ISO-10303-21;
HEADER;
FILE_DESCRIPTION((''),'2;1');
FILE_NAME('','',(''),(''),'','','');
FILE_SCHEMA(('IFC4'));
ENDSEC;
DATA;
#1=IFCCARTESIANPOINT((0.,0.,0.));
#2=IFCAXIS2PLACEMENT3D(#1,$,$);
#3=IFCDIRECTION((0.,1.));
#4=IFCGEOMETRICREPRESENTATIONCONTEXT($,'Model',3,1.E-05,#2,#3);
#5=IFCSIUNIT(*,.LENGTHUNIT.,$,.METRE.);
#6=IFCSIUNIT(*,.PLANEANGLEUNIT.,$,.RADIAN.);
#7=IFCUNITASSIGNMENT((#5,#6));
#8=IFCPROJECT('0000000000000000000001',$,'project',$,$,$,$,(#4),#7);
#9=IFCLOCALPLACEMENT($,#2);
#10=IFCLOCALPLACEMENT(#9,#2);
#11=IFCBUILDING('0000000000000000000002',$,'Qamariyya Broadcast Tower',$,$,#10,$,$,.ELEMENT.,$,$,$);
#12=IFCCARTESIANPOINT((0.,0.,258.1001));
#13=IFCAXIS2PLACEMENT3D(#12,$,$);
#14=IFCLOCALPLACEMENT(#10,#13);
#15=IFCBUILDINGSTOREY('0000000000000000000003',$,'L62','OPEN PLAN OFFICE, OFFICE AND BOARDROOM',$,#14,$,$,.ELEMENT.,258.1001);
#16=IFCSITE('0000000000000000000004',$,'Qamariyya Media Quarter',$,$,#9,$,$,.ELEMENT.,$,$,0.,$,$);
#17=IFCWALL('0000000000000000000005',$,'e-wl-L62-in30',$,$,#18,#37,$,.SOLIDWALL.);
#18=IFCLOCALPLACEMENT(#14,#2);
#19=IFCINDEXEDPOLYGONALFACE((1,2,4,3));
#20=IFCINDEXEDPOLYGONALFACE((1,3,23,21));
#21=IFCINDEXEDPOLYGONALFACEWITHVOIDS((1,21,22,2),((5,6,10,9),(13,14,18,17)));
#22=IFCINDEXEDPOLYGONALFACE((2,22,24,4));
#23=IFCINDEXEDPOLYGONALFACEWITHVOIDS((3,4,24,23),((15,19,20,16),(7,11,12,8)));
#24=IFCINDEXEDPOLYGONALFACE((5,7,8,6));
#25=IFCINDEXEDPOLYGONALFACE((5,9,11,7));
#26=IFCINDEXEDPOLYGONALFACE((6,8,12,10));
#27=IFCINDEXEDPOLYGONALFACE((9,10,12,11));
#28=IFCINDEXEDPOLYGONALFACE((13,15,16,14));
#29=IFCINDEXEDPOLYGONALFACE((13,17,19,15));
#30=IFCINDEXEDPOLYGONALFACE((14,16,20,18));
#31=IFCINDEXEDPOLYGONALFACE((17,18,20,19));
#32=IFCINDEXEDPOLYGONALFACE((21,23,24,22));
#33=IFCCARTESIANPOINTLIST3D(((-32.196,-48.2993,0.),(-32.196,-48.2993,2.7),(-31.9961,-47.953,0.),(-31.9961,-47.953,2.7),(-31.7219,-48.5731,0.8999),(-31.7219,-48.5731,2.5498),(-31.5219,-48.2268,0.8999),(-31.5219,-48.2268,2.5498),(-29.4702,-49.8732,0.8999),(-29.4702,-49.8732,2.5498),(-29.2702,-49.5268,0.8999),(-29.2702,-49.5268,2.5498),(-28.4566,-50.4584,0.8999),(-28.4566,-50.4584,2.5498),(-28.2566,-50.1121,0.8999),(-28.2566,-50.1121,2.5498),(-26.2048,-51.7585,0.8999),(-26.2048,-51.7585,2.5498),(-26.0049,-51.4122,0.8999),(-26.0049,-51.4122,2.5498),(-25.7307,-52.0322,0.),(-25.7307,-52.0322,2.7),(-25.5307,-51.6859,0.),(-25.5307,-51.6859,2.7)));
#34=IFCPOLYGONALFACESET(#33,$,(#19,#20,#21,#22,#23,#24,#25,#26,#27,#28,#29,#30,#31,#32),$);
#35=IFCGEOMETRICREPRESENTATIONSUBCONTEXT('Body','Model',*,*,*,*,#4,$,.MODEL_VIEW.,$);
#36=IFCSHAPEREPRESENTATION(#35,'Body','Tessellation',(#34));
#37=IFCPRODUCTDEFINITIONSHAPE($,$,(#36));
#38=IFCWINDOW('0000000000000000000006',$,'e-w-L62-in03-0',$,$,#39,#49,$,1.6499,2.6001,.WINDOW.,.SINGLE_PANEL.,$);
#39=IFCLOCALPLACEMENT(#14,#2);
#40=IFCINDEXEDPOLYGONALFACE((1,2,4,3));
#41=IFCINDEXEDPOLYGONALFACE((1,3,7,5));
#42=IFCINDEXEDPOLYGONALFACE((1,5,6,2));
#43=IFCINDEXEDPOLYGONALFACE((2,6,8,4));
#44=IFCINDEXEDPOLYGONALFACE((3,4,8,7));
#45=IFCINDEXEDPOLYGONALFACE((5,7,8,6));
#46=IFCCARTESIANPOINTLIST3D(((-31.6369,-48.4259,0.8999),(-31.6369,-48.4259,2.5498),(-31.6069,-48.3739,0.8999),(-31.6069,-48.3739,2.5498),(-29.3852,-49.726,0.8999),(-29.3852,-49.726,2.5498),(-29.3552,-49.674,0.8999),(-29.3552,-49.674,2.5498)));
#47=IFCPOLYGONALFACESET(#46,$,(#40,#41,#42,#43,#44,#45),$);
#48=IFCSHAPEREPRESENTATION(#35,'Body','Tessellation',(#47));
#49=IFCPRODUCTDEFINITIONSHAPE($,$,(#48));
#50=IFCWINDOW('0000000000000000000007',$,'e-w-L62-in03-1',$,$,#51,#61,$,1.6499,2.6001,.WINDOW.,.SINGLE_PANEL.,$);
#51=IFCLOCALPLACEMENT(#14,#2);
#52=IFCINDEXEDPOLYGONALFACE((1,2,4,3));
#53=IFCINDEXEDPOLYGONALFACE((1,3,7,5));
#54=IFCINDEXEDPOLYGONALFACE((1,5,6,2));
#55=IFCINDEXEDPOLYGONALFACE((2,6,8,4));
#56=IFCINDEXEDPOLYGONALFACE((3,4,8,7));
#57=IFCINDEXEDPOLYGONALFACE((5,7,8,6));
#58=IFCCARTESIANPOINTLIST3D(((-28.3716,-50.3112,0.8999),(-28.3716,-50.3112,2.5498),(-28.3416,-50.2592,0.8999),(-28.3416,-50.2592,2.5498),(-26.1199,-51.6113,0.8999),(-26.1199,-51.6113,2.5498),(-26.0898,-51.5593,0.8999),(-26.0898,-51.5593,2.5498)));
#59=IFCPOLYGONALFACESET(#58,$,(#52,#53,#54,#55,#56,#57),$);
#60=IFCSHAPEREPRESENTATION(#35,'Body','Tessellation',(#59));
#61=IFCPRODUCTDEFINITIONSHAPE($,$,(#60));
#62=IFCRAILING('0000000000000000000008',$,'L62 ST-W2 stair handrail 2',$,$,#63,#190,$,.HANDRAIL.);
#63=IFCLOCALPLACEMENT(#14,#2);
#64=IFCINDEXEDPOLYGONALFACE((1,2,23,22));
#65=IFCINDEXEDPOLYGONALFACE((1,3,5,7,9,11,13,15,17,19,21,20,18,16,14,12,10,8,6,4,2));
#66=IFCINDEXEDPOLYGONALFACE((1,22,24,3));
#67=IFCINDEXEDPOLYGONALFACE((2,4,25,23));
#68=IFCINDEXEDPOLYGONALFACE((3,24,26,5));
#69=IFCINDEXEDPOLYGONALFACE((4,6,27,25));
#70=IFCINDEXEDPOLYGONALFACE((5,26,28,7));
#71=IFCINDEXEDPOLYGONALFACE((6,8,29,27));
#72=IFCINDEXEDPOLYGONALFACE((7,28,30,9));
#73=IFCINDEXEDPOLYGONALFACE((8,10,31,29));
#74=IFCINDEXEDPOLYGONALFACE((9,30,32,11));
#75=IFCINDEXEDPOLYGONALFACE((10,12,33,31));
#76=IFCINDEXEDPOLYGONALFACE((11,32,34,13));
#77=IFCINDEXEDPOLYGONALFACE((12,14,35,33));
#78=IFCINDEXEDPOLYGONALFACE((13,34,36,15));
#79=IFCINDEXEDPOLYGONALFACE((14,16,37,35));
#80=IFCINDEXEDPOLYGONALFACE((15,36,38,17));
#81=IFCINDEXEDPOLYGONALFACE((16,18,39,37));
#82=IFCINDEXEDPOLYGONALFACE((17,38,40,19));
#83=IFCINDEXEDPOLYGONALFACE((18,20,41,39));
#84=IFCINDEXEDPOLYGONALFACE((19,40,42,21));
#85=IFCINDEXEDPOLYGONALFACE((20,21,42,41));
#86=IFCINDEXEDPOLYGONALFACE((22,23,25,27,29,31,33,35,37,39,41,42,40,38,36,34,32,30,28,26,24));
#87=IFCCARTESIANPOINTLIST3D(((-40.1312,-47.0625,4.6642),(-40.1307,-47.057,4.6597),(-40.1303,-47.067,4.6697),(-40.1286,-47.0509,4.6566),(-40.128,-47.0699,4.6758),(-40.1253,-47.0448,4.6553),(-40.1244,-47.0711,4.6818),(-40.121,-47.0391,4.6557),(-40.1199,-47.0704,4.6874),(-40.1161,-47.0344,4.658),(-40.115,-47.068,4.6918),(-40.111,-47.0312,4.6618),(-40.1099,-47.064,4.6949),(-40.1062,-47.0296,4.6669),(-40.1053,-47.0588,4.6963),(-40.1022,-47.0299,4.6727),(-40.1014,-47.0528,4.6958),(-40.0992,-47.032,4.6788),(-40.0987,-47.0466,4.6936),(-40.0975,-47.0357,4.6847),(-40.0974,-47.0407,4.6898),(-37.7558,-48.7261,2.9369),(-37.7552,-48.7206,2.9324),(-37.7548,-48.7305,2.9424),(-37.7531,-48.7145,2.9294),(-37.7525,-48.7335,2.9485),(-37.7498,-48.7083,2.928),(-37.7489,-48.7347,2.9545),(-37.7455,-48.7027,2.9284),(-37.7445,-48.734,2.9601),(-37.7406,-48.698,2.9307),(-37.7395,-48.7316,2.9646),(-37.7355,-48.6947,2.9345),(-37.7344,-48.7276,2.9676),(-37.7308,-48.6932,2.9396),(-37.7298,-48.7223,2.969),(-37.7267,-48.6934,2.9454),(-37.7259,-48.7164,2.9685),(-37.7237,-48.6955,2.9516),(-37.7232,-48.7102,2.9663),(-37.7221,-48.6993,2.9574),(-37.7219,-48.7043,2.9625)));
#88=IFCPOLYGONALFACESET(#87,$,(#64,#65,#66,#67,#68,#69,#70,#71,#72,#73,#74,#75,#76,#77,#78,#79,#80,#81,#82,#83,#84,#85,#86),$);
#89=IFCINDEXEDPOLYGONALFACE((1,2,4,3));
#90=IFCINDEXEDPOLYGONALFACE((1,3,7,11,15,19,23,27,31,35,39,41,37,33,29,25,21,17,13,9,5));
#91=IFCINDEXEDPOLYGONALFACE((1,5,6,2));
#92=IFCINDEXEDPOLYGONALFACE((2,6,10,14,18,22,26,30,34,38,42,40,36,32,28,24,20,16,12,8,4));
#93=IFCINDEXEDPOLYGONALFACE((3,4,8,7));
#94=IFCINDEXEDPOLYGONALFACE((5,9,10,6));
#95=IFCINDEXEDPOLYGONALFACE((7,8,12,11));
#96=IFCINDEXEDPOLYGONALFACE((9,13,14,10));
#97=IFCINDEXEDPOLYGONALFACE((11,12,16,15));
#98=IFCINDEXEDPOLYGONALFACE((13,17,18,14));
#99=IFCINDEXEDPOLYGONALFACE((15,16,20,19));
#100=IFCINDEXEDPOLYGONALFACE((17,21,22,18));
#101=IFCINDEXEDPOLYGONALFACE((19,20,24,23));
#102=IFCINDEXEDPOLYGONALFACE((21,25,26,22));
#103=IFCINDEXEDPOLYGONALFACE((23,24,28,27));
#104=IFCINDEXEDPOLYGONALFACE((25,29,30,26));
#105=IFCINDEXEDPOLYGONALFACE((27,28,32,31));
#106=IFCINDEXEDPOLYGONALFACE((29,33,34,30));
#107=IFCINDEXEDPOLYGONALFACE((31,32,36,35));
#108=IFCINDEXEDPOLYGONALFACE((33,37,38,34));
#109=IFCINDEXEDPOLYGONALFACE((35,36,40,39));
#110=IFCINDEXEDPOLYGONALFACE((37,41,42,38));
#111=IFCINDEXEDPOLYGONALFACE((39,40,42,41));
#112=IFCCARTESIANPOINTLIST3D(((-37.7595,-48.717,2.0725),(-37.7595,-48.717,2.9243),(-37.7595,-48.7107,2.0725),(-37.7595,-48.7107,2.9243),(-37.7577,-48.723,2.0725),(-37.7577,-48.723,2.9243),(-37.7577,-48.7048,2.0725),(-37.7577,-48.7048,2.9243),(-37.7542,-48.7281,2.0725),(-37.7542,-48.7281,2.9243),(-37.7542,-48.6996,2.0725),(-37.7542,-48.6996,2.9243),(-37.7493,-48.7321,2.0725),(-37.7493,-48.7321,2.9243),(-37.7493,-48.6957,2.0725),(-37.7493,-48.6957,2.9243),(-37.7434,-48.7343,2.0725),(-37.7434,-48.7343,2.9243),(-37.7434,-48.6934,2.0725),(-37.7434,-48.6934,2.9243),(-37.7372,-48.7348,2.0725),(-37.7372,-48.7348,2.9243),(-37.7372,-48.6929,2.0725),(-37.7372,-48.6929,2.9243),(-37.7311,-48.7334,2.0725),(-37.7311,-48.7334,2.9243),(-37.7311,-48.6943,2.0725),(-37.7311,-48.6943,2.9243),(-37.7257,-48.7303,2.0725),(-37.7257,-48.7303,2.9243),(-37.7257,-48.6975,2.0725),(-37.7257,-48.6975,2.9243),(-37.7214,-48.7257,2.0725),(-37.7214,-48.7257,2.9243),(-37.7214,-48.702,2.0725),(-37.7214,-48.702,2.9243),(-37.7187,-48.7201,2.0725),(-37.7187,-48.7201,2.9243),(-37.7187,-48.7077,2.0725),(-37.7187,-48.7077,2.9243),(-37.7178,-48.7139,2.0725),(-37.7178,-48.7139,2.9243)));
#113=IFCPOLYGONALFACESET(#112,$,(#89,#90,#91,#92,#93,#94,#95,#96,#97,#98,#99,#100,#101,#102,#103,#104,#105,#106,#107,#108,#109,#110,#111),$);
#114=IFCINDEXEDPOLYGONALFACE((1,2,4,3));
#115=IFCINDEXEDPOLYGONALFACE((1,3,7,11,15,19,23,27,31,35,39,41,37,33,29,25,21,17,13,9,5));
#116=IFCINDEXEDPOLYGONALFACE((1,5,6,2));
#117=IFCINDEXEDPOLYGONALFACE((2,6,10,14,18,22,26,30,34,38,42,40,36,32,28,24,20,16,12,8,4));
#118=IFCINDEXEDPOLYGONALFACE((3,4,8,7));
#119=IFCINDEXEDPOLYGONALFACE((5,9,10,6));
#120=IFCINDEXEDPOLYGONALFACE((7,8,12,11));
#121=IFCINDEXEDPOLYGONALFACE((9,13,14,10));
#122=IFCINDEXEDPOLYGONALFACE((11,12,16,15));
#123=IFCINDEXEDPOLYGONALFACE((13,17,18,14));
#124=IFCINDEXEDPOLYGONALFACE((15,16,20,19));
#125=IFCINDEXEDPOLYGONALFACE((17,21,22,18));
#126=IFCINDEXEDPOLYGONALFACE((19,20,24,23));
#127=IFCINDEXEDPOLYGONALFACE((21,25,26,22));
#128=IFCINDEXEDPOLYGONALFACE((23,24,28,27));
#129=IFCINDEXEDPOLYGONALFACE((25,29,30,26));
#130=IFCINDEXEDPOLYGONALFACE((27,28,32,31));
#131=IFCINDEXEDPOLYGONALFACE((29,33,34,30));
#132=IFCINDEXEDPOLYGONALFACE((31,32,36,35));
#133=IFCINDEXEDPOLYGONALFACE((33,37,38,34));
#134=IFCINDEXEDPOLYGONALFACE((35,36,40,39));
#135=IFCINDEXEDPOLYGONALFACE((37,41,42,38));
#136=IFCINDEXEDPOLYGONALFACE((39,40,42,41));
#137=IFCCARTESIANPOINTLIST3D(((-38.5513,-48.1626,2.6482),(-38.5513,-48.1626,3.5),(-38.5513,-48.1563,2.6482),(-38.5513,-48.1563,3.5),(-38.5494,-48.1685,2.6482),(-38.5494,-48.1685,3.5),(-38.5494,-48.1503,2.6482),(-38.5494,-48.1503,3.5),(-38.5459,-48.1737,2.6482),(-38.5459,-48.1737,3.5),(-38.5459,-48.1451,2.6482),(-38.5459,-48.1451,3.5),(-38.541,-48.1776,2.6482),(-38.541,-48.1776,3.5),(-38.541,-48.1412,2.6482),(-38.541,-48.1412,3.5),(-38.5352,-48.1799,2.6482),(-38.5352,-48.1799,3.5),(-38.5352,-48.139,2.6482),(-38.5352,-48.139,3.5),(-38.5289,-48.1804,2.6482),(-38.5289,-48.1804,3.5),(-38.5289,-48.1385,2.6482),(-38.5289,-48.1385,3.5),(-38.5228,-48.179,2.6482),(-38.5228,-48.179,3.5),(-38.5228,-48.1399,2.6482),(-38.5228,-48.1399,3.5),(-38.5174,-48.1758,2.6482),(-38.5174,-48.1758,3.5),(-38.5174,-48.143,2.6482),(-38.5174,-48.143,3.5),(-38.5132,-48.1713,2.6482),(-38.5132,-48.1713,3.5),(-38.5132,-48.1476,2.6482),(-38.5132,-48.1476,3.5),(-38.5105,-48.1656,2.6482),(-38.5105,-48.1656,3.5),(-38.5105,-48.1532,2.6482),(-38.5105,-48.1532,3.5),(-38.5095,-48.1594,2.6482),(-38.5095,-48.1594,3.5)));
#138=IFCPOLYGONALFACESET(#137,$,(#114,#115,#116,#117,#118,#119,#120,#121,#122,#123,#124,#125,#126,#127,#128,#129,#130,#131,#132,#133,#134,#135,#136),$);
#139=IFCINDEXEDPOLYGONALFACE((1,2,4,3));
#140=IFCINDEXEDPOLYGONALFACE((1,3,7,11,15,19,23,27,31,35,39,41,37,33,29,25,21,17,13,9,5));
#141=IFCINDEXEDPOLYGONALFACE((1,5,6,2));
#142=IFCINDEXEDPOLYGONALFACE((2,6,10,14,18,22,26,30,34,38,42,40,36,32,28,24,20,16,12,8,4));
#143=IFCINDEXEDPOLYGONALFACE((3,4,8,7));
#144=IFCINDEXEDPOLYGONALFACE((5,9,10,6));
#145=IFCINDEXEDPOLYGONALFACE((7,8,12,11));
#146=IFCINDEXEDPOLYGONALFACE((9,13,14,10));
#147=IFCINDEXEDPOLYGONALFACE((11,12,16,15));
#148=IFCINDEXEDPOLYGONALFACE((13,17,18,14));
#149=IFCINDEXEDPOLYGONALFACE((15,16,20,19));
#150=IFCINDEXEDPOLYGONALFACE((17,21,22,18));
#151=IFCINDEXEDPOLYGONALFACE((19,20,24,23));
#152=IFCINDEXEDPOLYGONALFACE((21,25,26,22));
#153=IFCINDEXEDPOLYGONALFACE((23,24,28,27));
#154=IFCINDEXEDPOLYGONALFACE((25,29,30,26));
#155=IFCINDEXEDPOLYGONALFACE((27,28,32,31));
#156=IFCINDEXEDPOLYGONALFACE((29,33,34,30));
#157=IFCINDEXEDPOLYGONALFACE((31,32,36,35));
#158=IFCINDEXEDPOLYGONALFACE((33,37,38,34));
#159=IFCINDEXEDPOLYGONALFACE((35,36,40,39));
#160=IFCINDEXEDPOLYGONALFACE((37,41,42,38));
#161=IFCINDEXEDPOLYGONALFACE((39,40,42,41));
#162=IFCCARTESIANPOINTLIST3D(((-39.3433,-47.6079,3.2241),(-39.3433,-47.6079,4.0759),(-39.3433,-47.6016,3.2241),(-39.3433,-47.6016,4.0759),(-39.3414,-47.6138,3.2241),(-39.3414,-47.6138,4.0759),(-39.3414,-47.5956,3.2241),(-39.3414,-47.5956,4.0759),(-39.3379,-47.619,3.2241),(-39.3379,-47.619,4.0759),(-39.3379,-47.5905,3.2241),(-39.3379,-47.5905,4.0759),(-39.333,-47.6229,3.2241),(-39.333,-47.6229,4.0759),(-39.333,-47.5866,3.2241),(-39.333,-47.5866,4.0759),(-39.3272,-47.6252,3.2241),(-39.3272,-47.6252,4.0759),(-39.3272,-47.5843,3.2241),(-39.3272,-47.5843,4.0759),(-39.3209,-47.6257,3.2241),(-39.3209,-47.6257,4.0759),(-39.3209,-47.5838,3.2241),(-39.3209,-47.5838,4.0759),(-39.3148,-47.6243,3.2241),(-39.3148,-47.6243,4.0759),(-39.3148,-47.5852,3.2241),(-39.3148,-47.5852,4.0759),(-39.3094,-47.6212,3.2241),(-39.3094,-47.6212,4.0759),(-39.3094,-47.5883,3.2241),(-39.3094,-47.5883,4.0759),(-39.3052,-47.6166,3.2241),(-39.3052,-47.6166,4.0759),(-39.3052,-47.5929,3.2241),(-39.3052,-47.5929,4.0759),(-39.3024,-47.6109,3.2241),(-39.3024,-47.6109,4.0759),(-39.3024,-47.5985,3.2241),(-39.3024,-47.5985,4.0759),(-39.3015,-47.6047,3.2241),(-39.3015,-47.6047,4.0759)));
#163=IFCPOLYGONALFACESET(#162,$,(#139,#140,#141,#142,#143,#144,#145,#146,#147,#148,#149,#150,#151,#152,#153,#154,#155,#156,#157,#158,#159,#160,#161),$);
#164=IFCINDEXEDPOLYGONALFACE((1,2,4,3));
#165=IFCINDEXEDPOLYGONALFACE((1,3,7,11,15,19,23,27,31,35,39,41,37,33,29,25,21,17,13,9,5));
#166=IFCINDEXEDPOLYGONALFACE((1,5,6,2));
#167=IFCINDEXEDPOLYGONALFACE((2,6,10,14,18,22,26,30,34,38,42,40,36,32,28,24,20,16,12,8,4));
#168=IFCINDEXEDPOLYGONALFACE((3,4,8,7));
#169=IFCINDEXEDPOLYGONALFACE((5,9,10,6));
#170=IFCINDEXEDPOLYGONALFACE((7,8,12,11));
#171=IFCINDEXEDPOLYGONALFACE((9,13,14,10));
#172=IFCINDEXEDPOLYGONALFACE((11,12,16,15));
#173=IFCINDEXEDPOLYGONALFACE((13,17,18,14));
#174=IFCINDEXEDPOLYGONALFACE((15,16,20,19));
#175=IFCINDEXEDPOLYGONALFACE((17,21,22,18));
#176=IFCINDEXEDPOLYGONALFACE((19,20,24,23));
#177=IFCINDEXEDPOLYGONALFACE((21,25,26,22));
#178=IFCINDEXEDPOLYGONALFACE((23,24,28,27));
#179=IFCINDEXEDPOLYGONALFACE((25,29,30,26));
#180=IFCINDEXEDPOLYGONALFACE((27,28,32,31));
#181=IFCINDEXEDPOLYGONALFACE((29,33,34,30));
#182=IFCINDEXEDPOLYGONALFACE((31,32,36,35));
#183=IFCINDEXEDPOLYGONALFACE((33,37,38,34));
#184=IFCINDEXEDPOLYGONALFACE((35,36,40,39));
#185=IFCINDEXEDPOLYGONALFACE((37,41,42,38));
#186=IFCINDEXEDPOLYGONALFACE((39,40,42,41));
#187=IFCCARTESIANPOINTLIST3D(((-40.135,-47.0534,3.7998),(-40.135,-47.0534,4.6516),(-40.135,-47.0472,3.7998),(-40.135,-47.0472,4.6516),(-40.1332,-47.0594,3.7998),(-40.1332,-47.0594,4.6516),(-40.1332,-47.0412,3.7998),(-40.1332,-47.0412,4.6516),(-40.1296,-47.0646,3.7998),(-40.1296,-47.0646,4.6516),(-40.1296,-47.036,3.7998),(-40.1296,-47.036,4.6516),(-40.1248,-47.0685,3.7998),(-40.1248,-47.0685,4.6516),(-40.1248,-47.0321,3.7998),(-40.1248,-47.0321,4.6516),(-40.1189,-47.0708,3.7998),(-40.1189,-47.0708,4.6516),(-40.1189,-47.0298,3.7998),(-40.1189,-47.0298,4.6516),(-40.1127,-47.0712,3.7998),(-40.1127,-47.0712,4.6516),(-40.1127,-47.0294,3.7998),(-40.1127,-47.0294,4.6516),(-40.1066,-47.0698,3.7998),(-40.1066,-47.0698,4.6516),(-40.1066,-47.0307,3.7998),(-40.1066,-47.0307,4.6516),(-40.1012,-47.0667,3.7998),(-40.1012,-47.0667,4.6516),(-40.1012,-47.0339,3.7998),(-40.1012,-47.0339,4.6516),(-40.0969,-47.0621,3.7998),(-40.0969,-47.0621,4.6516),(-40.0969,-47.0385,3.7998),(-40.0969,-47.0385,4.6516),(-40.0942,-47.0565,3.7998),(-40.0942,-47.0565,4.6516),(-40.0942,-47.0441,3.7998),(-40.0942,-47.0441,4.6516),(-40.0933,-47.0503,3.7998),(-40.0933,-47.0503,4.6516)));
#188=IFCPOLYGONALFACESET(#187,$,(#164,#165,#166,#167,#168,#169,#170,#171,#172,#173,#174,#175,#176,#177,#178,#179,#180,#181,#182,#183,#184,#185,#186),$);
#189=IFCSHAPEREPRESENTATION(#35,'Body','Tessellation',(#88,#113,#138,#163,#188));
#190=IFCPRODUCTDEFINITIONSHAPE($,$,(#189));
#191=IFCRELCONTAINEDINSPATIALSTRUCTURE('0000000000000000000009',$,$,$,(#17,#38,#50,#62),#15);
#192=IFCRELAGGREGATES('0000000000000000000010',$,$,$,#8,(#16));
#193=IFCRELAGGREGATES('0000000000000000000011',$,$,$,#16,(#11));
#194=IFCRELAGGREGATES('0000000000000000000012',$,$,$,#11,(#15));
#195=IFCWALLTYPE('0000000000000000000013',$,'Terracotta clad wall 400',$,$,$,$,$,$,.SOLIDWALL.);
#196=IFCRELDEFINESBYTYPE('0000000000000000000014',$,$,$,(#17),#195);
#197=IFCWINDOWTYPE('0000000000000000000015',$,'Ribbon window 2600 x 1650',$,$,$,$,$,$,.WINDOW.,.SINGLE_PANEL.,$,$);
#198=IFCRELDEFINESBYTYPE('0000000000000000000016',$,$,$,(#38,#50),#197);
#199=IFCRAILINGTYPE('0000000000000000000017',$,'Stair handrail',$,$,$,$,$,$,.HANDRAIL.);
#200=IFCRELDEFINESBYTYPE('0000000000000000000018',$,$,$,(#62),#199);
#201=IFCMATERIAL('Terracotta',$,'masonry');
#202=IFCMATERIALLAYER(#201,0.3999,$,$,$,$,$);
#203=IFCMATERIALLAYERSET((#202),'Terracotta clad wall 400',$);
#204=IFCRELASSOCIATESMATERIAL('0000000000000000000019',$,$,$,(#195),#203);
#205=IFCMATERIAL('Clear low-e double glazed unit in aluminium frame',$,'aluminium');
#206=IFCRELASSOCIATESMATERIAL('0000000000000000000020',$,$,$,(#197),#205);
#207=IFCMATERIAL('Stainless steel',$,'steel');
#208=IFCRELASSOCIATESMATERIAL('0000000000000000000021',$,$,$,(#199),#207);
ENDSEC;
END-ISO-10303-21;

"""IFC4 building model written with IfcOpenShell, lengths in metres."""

from ifc_helpers import new_model, si_unit, direction, frame, frame_2d, origin, origin_2d, place, context, subcontext, project, spatial, rectangle, circle, extrude, material, layer, layer_set, type_object, element, fill, save


model = new_model("IFC4")

# Units and contexts
model_context = context("Model", 3, precision=1e-05, world=origin(), true_north=direction((0.0, 1.0)))
body_context = subcontext(model_context, "Body", "Model", "MODEL_VIEW")
ifc_project = project(units=[si_unit("LENGTHUNIT", "METRE"), si_unit("PLANEANGLEUNIT", "RADIAN")], contexts=[model_context])

# Site, building, storey
site_placement = place(None, origin())
site = spatial("IfcSite", under=ifc_project, at=site_placement, Name="Qamariyya Media Quarter", CompositionType="ELEMENT", RefElevation=0.0)
building_placement = place(site_placement, origin())
building = spatial("IfcBuilding", under=site, at=building_placement, Name="Qamariyya Broadcast Tower", CompositionType="ELEMENT")
storey_placement = place(building_placement, frame((0.0, 0.0, 258.1001)))
storey = spatial("IfcBuildingStorey", under=building, at=storey_placement, Name="L62", Description="OPEN PLAN OFFICE, OFFICE AND BOARDROOM", CompositionType="ELEMENT", Elevation=258.1001)

# Wall, openings, windows
ifc_material_1 = material(Name="Terracotta", Category="masonry")
ifc_layer_1 = layer(ifc_material_1, 0.3999)
ifc_layer_set_1 = layer_set([ifc_layer_1], Name="Terracotta clad wall 400")
wall_type = type_object("IfcWallType", Name="Terracotta clad wall 400", PredefinedType="SOLIDWALL", material=ifc_layer_set_1)
ifc_material_2 = material(Name="Clear low-e double glazed unit in aluminium frame", Category="aluminium")
window_type = type_object("IfcWindowType", Name="Ribbon window 2600 x 1650", PartitioningType="SINGLE_PANEL", PredefinedType="WINDOW", material=ifc_material_2)
wall_1_placement = place(storey_placement, frame((-25.6306, -51.8591, 0.0), z_axis=(0.0, 0.0, 1.0), x_axis=(-0.866017, 0.500015, 0.0)))
wall_1 = element("IfcWall", 1, at=wall_1_placement, inside=storey, type_object=wall_type, Name="e-wl-L62-in30", PredefinedType="SOLIDWALL", context=body_context, shape_type="SweptSolid", body=[
    extrude(rectangle(XDim=7.4656, YDim=0.3999, at=frame_2d((3.7329, 0.0))), origin(), (0.0, 0.0, 1.0), 2.7),
])
opening_1_placement = place(wall_1_placement, frame((4.3181, 0.0, 0.8999)))
opening_1 = element("IfcOpeningElement", 2, at=opening_1_placement, cuts=wall_1, PredefinedType="OPENING", context=body_context, shape_type="SweptSolid", body=[
    extrude(rectangle(XDim=2.6001, YDim=1.6499, at=frame_2d((1.3, 0.825))), frame((0.0, 0.21, 0.0), z_axis=(0.0, -1.0, 0.0), x_axis=(1.0, 0.0, 0.0)), (0.0, 0.0, 1.0), 0.4199),
])
opening_2_placement = place(wall_1_placement, frame((0.5476, 0.0, 0.8999)))
opening_2 = element("IfcOpeningElement", 3, at=opening_2_placement, cuts=wall_1, PredefinedType="OPENING", context=body_context, shape_type="SweptSolid", body=[
    extrude(rectangle(XDim=2.6001, YDim=1.6499, at=frame_2d((1.3, 0.825))), frame((0.0, 0.21, 0.0), z_axis=(0.0, -1.0, 0.0), x_axis=(1.0, 0.0, 0.0)), (0.0, 0.0, 1.0), 0.4199),
])
window_1_placement = place(opening_1_placement, origin())
window_1 = element("IfcWindow", 4, at=window_1_placement, inside=storey, type_object=window_type, Name="e-w-L62-in03-0", OverallHeight=1.6499, OverallWidth=2.6001, PartitioningType="SINGLE_PANEL", PredefinedType="WINDOW", context=body_context, shape_type="SweptSolid", body=[
    extrude(rectangle(XDim=2.6001, YDim=1.6499, at=frame_2d((1.3, 0.825))), frame((0.0, 0.03, 0.0), z_axis=(0.0, -1.0, 0.0), x_axis=(1.0, 0.0, 0.0)), (0.0, 0.0, 1.0), 0.0601),
])
fill(opening_1, window_1)
window_2_placement = place(opening_2_placement, origin())
window_2 = element("IfcWindow", 5, at=window_2_placement, inside=storey, type_object=window_type, Name="e-w-L62-in03-1", OverallHeight=1.6499, OverallWidth=2.6001, PartitioningType="SINGLE_PANEL", PredefinedType="WINDOW", context=body_context, shape_type="SweptSolid", body=[
    extrude(rectangle(XDim=2.6001, YDim=1.6499, at=frame_2d((1.3, 0.825))), frame((0.0, 0.03, 0.0), z_axis=(0.0, -1.0, 0.0), x_axis=(1.0, 0.0, 0.0)), (0.0, 0.0, 1.0), 0.0601),
])
fill(opening_2, window_2)

# Railing
ifc_material_3 = material(Name="Stainless steel", Category="steel")
railing_type = type_object("IfcRailingType", Name="Stair handrail", PredefinedType="HANDRAIL", material=ifc_material_3)
railing_placement = place(storey_placement, frame((-37.7388, -48.7139, 2.0725)))
element("IfcRailing", 6, at=railing_placement, inside=storey, type_object=railing_type, Name="L62 ST-W2 stair handrail 2", PredefinedType="HANDRAIL", context=body_context, shape_type="SweptSolid", body=[
    extrude(circle(Radius=0.0239, at=origin_2d()), frame((0.0, 0.0, 0.876), z_axis=(-0.703745, 0.492838, 0.511716), x_axis=(-0.573632, -0.819113, 0.0)), (0.0, 0.0, 1.0), 3.3755),
    extrude(circle(Radius=0.021, at=origin_2d()), origin(), (0.0, 0.0, 1.0), 0.8518),
    extrude(circle(Radius=0.021, at=origin_2d()), frame((-0.7917, 0.5544, 0.5757)), (0.0, 0.0, 1.0), 0.8518),
    extrude(circle(Radius=0.021, at=origin_2d()), frame((-1.5837, 1.1091, 1.1516)), (0.0, 0.0, 1.0), 0.8518),
    extrude(circle(Radius=0.021, at=origin_2d()), frame((-2.3755, 1.6636, 1.7273)), (0.0, 0.0, 1.0), 0.8518),
])

save(model, "model.ifc")
